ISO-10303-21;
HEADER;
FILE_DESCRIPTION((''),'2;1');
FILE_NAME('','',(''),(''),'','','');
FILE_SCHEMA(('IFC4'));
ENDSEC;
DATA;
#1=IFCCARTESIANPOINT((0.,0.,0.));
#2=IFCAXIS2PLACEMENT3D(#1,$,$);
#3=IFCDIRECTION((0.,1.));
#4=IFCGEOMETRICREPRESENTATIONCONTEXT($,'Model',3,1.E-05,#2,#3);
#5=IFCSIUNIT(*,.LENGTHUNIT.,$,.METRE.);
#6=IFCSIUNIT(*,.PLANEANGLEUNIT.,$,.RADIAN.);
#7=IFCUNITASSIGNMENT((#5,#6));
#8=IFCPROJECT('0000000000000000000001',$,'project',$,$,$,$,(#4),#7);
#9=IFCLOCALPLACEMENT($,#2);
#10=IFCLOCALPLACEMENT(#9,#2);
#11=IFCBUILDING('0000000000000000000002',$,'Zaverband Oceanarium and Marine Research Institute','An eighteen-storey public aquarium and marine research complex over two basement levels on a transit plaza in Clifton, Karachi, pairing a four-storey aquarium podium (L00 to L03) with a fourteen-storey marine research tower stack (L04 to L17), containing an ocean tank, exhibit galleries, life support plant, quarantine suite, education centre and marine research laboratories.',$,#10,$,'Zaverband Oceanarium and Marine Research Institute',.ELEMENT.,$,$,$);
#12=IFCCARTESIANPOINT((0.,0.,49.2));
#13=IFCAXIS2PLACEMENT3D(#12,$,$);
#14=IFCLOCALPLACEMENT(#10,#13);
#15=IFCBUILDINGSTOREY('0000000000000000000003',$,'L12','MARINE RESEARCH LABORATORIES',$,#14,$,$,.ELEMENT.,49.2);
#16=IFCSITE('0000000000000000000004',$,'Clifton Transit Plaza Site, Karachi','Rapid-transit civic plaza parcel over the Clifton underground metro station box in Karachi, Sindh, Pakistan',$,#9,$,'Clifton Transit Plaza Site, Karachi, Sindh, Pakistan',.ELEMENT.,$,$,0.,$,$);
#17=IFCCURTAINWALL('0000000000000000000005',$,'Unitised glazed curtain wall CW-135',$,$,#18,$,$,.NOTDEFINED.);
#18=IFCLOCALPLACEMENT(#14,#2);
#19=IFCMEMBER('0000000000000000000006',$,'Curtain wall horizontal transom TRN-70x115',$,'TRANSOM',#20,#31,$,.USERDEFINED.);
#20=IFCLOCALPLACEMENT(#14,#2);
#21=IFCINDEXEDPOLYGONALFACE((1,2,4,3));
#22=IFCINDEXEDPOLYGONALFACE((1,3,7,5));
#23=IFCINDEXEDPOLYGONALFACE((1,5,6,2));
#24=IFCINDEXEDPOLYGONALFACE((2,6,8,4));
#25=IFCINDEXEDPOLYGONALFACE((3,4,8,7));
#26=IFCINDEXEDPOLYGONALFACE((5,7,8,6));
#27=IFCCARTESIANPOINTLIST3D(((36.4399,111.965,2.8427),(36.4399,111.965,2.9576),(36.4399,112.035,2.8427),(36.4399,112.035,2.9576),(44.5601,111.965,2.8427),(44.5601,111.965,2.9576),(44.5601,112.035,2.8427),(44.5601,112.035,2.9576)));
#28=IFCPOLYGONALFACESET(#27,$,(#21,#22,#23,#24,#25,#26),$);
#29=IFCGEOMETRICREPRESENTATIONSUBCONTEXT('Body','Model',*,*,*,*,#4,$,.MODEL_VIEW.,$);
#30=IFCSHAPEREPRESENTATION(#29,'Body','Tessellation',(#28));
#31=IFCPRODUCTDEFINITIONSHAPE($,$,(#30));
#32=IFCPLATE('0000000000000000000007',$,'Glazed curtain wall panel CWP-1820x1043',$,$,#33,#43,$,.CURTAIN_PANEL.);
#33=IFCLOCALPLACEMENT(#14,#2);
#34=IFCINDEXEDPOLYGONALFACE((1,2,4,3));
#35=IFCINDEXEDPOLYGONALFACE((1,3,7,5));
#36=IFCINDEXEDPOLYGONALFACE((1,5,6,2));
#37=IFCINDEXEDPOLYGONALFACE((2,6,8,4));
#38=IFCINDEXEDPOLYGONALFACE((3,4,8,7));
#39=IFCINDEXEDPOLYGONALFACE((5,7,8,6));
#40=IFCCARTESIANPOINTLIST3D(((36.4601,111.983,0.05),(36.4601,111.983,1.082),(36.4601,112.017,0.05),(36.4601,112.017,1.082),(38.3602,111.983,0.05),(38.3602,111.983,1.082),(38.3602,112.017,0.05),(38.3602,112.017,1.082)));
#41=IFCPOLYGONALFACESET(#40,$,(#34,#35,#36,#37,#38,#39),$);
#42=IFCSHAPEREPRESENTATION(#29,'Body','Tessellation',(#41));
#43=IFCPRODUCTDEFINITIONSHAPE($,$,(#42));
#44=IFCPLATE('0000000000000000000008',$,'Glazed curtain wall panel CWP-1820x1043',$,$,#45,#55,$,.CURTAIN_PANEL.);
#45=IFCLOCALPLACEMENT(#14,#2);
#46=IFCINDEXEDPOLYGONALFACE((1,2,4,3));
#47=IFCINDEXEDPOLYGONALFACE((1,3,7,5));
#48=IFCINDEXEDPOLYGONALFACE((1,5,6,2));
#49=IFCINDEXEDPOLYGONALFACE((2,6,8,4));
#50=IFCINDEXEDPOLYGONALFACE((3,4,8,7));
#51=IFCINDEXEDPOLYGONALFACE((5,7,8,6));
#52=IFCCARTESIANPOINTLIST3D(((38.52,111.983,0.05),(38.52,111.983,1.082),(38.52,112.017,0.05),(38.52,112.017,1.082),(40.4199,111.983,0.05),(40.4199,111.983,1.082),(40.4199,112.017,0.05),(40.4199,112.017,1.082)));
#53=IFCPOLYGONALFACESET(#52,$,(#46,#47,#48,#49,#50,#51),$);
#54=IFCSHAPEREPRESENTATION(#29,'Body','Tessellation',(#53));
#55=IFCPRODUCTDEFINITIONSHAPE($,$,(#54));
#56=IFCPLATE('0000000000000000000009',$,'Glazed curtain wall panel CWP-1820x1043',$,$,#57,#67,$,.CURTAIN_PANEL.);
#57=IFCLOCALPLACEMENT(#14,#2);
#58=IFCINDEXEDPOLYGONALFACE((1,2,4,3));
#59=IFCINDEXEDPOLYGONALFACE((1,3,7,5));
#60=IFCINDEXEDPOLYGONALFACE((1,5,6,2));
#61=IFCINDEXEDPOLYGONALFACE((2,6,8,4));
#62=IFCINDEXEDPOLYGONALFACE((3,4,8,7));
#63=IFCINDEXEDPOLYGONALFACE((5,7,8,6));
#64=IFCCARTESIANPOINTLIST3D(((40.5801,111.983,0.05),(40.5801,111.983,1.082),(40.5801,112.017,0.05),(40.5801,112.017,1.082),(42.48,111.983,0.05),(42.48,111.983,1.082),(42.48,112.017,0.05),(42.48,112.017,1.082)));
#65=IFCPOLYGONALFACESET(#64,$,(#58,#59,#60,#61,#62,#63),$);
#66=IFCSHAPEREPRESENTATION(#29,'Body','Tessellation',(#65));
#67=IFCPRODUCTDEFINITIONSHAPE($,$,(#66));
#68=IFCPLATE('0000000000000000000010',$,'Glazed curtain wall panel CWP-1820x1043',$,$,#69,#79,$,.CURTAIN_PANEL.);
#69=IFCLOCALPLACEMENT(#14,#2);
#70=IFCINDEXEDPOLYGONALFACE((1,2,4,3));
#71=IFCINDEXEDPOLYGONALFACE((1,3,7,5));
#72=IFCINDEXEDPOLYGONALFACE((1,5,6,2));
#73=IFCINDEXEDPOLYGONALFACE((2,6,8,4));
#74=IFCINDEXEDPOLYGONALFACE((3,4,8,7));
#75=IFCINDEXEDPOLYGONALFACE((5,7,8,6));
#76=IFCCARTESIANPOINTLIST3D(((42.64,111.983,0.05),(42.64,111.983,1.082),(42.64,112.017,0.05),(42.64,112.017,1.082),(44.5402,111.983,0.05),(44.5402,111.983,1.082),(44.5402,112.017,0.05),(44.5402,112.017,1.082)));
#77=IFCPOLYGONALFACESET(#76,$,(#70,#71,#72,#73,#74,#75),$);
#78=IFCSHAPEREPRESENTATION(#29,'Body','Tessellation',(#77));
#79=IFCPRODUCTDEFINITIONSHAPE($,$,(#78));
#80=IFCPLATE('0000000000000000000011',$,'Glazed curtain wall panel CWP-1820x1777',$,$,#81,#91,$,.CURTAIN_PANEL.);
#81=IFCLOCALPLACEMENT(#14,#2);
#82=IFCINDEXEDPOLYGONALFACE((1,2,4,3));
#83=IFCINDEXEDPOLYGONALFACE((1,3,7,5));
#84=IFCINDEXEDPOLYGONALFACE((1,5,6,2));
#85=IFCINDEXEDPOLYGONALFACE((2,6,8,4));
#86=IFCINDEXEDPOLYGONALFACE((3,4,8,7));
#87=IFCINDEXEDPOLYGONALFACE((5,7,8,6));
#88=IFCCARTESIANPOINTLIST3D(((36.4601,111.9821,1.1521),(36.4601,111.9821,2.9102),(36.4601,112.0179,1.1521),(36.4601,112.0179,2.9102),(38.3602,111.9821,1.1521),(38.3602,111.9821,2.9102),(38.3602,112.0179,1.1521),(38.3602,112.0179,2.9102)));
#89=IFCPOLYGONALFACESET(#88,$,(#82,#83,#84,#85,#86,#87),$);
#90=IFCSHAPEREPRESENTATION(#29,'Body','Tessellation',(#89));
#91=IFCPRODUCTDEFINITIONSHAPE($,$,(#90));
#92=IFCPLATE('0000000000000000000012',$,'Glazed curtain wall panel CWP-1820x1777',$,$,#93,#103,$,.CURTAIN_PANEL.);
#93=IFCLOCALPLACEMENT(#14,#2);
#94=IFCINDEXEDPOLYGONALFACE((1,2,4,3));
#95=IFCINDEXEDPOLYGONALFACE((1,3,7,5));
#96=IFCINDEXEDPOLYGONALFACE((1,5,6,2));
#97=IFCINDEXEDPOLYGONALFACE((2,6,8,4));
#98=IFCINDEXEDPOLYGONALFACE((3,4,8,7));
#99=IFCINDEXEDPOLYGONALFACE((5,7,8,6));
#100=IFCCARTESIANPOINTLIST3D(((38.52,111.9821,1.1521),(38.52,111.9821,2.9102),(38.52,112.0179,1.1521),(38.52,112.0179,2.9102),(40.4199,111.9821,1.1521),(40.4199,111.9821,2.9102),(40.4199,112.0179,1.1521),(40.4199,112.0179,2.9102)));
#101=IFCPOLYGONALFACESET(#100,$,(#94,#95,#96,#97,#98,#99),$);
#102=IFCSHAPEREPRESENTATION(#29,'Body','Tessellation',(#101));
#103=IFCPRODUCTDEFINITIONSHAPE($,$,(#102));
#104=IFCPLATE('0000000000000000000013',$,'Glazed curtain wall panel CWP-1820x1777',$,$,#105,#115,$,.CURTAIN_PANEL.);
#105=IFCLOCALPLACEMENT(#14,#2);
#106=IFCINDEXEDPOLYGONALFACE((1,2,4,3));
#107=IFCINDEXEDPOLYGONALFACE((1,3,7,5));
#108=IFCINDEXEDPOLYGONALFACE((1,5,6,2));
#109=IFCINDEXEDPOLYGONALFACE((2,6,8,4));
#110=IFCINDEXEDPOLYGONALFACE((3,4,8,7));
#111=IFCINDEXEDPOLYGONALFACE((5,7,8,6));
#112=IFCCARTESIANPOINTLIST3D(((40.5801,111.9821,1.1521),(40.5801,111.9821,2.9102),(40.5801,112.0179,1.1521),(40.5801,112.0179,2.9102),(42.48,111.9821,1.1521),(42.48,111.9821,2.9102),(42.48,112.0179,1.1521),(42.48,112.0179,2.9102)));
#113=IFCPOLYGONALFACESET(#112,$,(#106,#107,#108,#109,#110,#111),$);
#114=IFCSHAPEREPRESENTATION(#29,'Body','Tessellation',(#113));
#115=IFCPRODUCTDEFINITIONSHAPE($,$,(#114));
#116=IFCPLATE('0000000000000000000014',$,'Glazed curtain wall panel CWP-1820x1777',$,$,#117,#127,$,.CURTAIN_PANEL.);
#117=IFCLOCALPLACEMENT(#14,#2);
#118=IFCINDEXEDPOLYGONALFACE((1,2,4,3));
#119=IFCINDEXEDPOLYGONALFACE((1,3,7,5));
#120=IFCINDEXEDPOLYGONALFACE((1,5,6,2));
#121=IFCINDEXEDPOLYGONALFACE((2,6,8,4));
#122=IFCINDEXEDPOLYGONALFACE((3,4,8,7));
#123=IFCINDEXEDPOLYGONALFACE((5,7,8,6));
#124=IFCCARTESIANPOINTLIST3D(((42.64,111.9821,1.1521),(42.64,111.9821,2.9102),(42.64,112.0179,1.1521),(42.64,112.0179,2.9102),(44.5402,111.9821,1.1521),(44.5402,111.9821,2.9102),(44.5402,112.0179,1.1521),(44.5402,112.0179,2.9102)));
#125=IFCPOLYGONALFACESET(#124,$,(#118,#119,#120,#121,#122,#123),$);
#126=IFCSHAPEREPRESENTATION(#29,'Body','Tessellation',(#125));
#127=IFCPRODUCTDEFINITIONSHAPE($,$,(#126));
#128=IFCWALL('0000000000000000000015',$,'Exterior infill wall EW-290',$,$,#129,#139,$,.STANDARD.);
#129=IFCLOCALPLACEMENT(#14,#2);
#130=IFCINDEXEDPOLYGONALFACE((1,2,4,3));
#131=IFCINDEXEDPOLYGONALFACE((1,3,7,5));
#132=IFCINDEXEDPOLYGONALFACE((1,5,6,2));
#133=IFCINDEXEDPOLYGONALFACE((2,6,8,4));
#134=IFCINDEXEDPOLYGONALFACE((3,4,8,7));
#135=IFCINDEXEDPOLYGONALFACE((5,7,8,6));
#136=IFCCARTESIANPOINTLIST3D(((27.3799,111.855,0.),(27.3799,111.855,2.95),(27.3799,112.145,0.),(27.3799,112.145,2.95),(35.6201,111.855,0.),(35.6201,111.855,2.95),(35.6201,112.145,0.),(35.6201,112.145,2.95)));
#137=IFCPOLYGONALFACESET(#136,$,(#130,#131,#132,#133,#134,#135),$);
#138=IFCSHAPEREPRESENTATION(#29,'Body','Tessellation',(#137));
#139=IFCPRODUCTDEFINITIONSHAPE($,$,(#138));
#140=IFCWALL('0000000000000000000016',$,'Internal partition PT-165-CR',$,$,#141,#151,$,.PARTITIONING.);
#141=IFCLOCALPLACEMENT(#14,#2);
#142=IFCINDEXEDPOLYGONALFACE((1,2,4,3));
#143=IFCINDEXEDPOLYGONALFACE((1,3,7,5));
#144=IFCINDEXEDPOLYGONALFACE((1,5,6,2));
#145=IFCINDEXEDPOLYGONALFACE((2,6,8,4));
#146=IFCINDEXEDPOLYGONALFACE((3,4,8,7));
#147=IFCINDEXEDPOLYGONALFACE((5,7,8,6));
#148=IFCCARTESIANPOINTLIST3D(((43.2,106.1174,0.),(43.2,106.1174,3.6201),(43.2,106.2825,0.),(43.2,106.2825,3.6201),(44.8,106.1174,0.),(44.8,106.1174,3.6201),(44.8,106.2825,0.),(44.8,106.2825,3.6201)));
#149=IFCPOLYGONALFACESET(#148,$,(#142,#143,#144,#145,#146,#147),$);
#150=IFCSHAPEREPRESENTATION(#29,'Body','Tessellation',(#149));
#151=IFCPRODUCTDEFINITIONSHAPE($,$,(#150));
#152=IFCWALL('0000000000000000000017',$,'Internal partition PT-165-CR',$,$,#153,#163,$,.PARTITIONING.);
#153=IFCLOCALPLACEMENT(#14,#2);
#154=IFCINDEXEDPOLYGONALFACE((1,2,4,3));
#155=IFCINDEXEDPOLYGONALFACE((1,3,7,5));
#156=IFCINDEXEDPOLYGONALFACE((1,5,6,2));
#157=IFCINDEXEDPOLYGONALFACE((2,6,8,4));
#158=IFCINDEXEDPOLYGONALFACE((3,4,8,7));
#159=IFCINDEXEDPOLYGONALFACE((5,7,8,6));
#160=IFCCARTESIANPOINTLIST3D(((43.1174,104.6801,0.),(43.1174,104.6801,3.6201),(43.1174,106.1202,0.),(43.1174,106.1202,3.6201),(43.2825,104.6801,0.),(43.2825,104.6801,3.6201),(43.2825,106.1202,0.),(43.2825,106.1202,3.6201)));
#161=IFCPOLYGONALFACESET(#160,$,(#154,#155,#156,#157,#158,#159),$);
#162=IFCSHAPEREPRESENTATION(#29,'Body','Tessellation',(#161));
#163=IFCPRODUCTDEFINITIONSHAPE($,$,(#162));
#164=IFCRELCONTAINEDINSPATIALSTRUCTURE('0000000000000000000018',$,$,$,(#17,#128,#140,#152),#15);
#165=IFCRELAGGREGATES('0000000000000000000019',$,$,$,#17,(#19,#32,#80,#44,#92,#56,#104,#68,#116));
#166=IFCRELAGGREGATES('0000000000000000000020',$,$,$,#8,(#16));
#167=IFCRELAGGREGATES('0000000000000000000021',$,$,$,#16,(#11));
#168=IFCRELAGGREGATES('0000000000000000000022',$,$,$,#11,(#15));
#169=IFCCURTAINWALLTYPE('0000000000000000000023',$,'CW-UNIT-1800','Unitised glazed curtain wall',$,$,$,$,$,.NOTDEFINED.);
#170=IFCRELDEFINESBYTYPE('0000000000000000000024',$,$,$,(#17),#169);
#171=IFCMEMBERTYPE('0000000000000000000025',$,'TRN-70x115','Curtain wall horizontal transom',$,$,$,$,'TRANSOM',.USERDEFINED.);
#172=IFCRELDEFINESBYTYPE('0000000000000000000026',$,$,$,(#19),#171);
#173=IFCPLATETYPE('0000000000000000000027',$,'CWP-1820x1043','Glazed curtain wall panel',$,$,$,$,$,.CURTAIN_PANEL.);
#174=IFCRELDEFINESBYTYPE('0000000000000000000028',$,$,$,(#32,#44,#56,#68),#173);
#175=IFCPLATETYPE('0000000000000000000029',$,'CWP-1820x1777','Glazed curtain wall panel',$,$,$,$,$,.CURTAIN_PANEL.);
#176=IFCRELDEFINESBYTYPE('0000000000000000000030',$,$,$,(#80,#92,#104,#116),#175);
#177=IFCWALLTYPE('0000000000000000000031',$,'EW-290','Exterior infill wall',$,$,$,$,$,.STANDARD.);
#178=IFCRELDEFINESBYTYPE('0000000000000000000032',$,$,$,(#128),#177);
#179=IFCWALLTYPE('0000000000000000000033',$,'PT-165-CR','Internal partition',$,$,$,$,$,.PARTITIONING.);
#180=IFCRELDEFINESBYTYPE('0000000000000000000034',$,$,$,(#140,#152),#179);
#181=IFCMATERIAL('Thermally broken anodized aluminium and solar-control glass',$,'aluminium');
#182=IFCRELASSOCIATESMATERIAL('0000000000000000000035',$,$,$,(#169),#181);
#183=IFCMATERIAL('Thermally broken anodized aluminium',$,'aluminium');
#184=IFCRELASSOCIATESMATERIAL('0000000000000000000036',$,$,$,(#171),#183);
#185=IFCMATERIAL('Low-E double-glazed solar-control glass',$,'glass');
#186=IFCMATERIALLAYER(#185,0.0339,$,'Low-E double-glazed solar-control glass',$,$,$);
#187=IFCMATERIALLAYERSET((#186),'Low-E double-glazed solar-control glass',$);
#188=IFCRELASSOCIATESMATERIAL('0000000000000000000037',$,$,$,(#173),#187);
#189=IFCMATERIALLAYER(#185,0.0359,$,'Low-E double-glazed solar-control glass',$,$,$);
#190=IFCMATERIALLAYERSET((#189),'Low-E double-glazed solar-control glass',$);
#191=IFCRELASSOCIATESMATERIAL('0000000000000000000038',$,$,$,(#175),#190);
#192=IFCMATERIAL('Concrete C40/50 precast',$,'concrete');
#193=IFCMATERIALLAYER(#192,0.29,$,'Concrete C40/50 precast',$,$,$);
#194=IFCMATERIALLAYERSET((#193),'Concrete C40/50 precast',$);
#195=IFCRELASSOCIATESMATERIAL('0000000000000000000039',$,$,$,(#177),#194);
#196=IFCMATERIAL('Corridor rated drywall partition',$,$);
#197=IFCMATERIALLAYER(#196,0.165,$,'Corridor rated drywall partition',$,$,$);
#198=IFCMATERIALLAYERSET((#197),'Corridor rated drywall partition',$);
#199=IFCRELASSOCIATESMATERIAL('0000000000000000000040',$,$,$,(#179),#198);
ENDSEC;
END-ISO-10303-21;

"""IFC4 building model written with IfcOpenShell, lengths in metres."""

from ifc_helpers import new_model, si_unit, direction, frame, frame_2d, origin, origin_2d, place, context, subcontext, project, spatial, rectangle, extrude, material, layer, layer_set, material_profile, profile_set, type_object, element, aggregate, save


model = new_model("IFC4")

# Units and contexts
model_context = context("Model", 3, precision=1e-05, world=origin(), true_north=direction((0.0, 1.0)))
body_context = subcontext(model_context, "Body", "Model", "MODEL_VIEW")
ifc_project = project(units=[si_unit("LENGTHUNIT", "METRE"), si_unit("PLANEANGLEUNIT", "RADIAN")], contexts=[model_context])

# Site, building, storey
site_placement = place(None, origin())
site = spatial("IfcSite", under=ifc_project, at=site_placement, Name="Clifton Transit Plaza Site, Karachi", Description="Rapid-transit civic plaza parcel over the Clifton underground metro station box in Karachi, Sindh, Pakistan", LongName="Clifton Transit Plaza Site, Karachi, Sindh, Pakistan", CompositionType="ELEMENT", RefElevation=0.0)
building_placement = place(site_placement, origin())
building = spatial("IfcBuilding", under=site, at=building_placement, Name="Zaverband Oceanarium and Marine Research Institute", Description="An eighteen-storey public aquarium and marine research complex over two basement levels on a transit plaza in Clifton, Karachi, pairing a four-storey aquarium podium (L00 to L03) with a fourteen-storey marine research tower stack (L04 to L17), containing an ocean tank, exhibit galleries, life support plant, quarantine suite, education centre and marine research laboratories.", LongName="Zaverband Oceanarium and Marine Research Institute", CompositionType="ELEMENT")
storey_placement = place(building_placement, frame((0.0, 0.0, 49.2)))
storey = spatial("IfcBuildingStorey", under=building, at=storey_placement, Name="L12", Description="MARINE RESEARCH LABORATORIES", CompositionType="ELEMENT", Elevation=49.2)

# Curtain wall
ifc_material_1 = material(Name="Thermally broken anodized aluminium and solar-control glass", Category="aluminium")
curtain_wall_type = type_object("IfcCurtainWallType", Name="CW-UNIT-1800", Description="Unitised glazed curtain wall", PredefinedType="NOTDEFINED", material=ifc_material_1)
curtain_wall_placement = place(storey_placement, origin())
curtain_wall = element("IfcCurtainWall", 1, at=curtain_wall_placement, inside=storey, type_object=curtain_wall_type, Name="Unitised glazed curtain wall CW-135", PredefinedType="NOTDEFINED")
ifc_material_2 = material(Name="Thermally broken anodized aluminium", Category="aluminium")

# Member
ifc_material_profile_1 = material_profile(ifc_material_2, rectangle(XDim=0.0701, YDim=0.115, at=origin_2d()), Name="AL-TRN-70x115")
ifc_profile_set_1 = profile_set([ifc_material_profile_1], Name="Thermally broken anodized aluminium")
member_type_1 = type_object("IfcMemberType", Name="TRN-70x115", Description="Curtain wall horizontal transom", ElementType="TRANSOM", PredefinedType="USERDEFINED", material=ifc_profile_set_1)
member_1_placement = place(storey_placement, frame((36.4399, 112.0, 2.9001), z_axis=(1.0, 0.0, 0.0), x_axis=(0.0, 1.0, 0.0)))
member_1 = element("IfcMember", 2, at=member_1_placement, type_object=member_type_1, Name="Curtain wall horizontal transom TRN-70x115", ObjectType="TRANSOM", PredefinedType="USERDEFINED", context=body_context, shape_type="SweptSolid", body=[
    extrude(rectangle(XDim=0.0701, YDim=0.115, at=origin_2d()), origin(), (0.0, 0.0, 1.0), 8.1201),
])

# Plates
ifc_material_3 = material(Name="Low-E double-glazed solar-control glass", Category="glass")
ifc_layer_1 = layer(ifc_material_3, 0.0339, Name="Low-E double-glazed solar-control glass")
ifc_layer_set_1 = layer_set([ifc_layer_1], Name="Low-E double-glazed solar-control glass")
plate_type_1 = type_object("IfcPlateType", Name="CWP-1820x1043", Description="Glazed curtain wall panel", PredefinedType="CURTAIN_PANEL", material=ifc_layer_set_1)
plate_1_placement = place(storey_placement, frame((36.46, 112.0, 0.05), z_axis=(0.0, 0.0, 1.0), x_axis=(1.0, 0.0, 0.0)))
plate_1 = element("IfcPlate", 3, at=plate_1_placement, type_object=plate_type_1, Name="Glazed curtain wall panel CWP-1820x1043", PredefinedType="CURTAIN_PANEL", context=body_context, shape_type="SweptSolid", body=[
    extrude(rectangle(XDim=1.9001, YDim=0.0339, at=frame_2d((0.9502, 0.0))), origin(), (0.0, 0.0, 1.0), 1.032),
])
plate_2_placement = place(storey_placement, frame((38.52, 112.0, 0.05), z_axis=(0.0, 0.0, 1.0), x_axis=(1.0, 0.0, 0.0)))
plate_2 = element("IfcPlate", 4, at=plate_2_placement, type_object=plate_type_1, Name="Glazed curtain wall panel CWP-1820x1043", PredefinedType="CURTAIN_PANEL", context=body_context, shape_type="SweptSolid", body=[
    extrude(rectangle(XDim=1.8999, YDim=0.0339, at=frame_2d((0.95, 0.0))), origin(), (0.0, 0.0, 1.0), 1.032),
])
plate_3_placement = place(storey_placement, frame((40.5801, 112.0, 0.05), z_axis=(0.0, 0.0, 1.0), x_axis=(1.0, 0.0, 0.0)))
plate_3 = element("IfcPlate", 5, at=plate_3_placement, type_object=plate_type_1, Name="Glazed curtain wall panel CWP-1820x1043", PredefinedType="CURTAIN_PANEL", context=body_context, shape_type="SweptSolid", body=[
    extrude(rectangle(XDim=1.8999, YDim=0.0339, at=frame_2d((0.95, 0.0))), origin(), (0.0, 0.0, 1.0), 1.032),
])
plate_4_placement = place(storey_placement, frame((42.6399, 112.0, 0.05), z_axis=(0.0, 0.0, 1.0), x_axis=(1.0, 0.0, 0.0)))
plate_4 = element("IfcPlate", 6, at=plate_4_placement, type_object=plate_type_1, Name="Glazed curtain wall panel CWP-1820x1043", PredefinedType="CURTAIN_PANEL", context=body_context, shape_type="SweptSolid", body=[
    extrude(rectangle(XDim=1.9001, YDim=0.0339, at=frame_2d((0.9502, 0.0))), origin(), (0.0, 0.0, 1.0), 1.032),
])
ifc_layer_2 = layer(ifc_material_3, 0.0359, Name="Low-E double-glazed solar-control glass")
ifc_layer_set_2 = layer_set([ifc_layer_2], Name="Low-E double-glazed solar-control glass")
plate_type_2 = type_object("IfcPlateType", Name="CWP-1820x1777", Description="Glazed curtain wall panel", PredefinedType="CURTAIN_PANEL", material=ifc_layer_set_2)
plate_5_placement = place(storey_placement, frame((36.46, 112.0, 1.1521), z_axis=(0.0, 0.0, 1.0), x_axis=(1.0, 0.0, 0.0)))
plate_5 = element("IfcPlate", 7, at=plate_5_placement, type_object=plate_type_2, Name="Glazed curtain wall panel CWP-1820x1777", PredefinedType="CURTAIN_PANEL", context=body_context, shape_type="SweptSolid", body=[
    extrude(rectangle(XDim=1.9001, YDim=0.0359, at=frame_2d((0.9502, 0.0))), origin(), (0.0, 0.0, 1.0), 1.7581),
])
plate_6_placement = place(storey_placement, frame((38.52, 112.0, 1.1521), z_axis=(0.0, 0.0, 1.0), x_axis=(1.0, 0.0, 0.0)))
plate_6 = element("IfcPlate", 8, at=plate_6_placement, type_object=plate_type_2, Name="Glazed curtain wall panel CWP-1820x1777", PredefinedType="CURTAIN_PANEL", context=body_context, shape_type="SweptSolid", body=[
    extrude(rectangle(XDim=1.8999, YDim=0.0359, at=frame_2d((0.95, 0.0))), origin(), (0.0, 0.0, 1.0), 1.7581),
])
plate_7_placement = place(storey_placement, frame((40.5801, 112.0, 1.1521), z_axis=(0.0, 0.0, 1.0), x_axis=(1.0, 0.0, 0.0)))
plate_7 = element("IfcPlate", 9, at=plate_7_placement, type_object=plate_type_2, Name="Glazed curtain wall panel CWP-1820x1777", PredefinedType="CURTAIN_PANEL", context=body_context, shape_type="SweptSolid", body=[
    extrude(rectangle(XDim=1.8999, YDim=0.0359, at=frame_2d((0.95, 0.0))), origin(), (0.0, 0.0, 1.0), 1.7581),
])
plate_8_placement = place(storey_placement, frame((42.6399, 112.0, 1.1521), z_axis=(0.0, 0.0, 1.0), x_axis=(1.0, 0.0, 0.0)))
plate_8 = element("IfcPlate", 10, at=plate_8_placement, type_object=plate_type_2, Name="Glazed curtain wall panel CWP-1820x1777", PredefinedType="CURTAIN_PANEL", context=body_context, shape_type="SweptSolid", body=[
    extrude(rectangle(XDim=1.9001, YDim=0.0359, at=frame_2d((0.9502, 0.0))), origin(), (0.0, 0.0, 1.0), 1.7581),
])
aggregate(curtain_wall, [member_1, plate_1, plate_5, plate_2, plate_6, plate_3, plate_7, plate_4, plate_8])

# Walls
ifc_material_4 = material(Name="Concrete C40/50 precast", Category="concrete")
ifc_layer_3 = layer(ifc_material_4, 0.29, Name="Concrete C40/50 precast")
ifc_layer_set_3 = layer_set([ifc_layer_3], Name="Concrete C40/50 precast")
wall_type_1 = type_object("IfcWallType", Name="EW-290", Description="Exterior infill wall", PredefinedType="STANDARD", material=ifc_layer_set_3)
wall_1_placement = place(storey_placement, frame((27.3799, 112.0, 0.0), z_axis=(0.0, 0.0, 1.0), x_axis=(1.0, 0.0, 0.0)))
element("IfcWall", 11, at=wall_1_placement, inside=storey, type_object=wall_type_1, Name="Exterior infill wall EW-290", PredefinedType="STANDARD", context=body_context, shape_type="SweptSolid", body=[
    extrude(rectangle(XDim=8.2402, YDim=0.29, at=frame_2d((4.1201, 0.0))), origin(), (0.0, 0.0, 1.0), 2.95),
])
ifc_material_5 = material(Name="Corridor rated drywall partition")
ifc_layer_4 = layer(ifc_material_5, 0.165, Name="Corridor rated drywall partition")
ifc_layer_set_4 = layer_set([ifc_layer_4], Name="Corridor rated drywall partition")
wall_type_2 = type_object("IfcWallType", Name="PT-165-CR", Description="Internal partition", PredefinedType="PARTITIONING", material=ifc_layer_set_4)
wall_2_placement = place(storey_placement, frame((43.2, 106.2, 0.0), z_axis=(0.0, 0.0, 1.0), x_axis=(1.0, 0.0, 0.0)))
element("IfcWall", 12, at=wall_2_placement, inside=storey, type_object=wall_type_2, Name="Internal partition PT-165-CR", PredefinedType="PARTITIONING", context=body_context, shape_type="SweptSolid", body=[
    extrude(rectangle(XDim=1.6001, YDim=0.165, at=frame_2d((0.8, 0.0))), origin(), (0.0, 0.0, 1.0), 3.6201),
])
wall_3_placement = place(storey_placement, frame((43.2, 104.6799, 0.0), z_axis=(0.0, 0.0, 1.0), x_axis=(0.0, 1.0, 0.0)))
element("IfcWall", 13, at=wall_3_placement, inside=storey, type_object=wall_type_2, Name="Internal partition PT-165-CR", PredefinedType="PARTITIONING", context=body_context, shape_type="SweptSolid", body=[
    extrude(rectangle(XDim=1.4402, YDim=0.165, at=frame_2d((0.7202, 0.0))), origin(), (0.0, 0.0, 1.0), 3.6201),
])

save(model, "model.ifc")
